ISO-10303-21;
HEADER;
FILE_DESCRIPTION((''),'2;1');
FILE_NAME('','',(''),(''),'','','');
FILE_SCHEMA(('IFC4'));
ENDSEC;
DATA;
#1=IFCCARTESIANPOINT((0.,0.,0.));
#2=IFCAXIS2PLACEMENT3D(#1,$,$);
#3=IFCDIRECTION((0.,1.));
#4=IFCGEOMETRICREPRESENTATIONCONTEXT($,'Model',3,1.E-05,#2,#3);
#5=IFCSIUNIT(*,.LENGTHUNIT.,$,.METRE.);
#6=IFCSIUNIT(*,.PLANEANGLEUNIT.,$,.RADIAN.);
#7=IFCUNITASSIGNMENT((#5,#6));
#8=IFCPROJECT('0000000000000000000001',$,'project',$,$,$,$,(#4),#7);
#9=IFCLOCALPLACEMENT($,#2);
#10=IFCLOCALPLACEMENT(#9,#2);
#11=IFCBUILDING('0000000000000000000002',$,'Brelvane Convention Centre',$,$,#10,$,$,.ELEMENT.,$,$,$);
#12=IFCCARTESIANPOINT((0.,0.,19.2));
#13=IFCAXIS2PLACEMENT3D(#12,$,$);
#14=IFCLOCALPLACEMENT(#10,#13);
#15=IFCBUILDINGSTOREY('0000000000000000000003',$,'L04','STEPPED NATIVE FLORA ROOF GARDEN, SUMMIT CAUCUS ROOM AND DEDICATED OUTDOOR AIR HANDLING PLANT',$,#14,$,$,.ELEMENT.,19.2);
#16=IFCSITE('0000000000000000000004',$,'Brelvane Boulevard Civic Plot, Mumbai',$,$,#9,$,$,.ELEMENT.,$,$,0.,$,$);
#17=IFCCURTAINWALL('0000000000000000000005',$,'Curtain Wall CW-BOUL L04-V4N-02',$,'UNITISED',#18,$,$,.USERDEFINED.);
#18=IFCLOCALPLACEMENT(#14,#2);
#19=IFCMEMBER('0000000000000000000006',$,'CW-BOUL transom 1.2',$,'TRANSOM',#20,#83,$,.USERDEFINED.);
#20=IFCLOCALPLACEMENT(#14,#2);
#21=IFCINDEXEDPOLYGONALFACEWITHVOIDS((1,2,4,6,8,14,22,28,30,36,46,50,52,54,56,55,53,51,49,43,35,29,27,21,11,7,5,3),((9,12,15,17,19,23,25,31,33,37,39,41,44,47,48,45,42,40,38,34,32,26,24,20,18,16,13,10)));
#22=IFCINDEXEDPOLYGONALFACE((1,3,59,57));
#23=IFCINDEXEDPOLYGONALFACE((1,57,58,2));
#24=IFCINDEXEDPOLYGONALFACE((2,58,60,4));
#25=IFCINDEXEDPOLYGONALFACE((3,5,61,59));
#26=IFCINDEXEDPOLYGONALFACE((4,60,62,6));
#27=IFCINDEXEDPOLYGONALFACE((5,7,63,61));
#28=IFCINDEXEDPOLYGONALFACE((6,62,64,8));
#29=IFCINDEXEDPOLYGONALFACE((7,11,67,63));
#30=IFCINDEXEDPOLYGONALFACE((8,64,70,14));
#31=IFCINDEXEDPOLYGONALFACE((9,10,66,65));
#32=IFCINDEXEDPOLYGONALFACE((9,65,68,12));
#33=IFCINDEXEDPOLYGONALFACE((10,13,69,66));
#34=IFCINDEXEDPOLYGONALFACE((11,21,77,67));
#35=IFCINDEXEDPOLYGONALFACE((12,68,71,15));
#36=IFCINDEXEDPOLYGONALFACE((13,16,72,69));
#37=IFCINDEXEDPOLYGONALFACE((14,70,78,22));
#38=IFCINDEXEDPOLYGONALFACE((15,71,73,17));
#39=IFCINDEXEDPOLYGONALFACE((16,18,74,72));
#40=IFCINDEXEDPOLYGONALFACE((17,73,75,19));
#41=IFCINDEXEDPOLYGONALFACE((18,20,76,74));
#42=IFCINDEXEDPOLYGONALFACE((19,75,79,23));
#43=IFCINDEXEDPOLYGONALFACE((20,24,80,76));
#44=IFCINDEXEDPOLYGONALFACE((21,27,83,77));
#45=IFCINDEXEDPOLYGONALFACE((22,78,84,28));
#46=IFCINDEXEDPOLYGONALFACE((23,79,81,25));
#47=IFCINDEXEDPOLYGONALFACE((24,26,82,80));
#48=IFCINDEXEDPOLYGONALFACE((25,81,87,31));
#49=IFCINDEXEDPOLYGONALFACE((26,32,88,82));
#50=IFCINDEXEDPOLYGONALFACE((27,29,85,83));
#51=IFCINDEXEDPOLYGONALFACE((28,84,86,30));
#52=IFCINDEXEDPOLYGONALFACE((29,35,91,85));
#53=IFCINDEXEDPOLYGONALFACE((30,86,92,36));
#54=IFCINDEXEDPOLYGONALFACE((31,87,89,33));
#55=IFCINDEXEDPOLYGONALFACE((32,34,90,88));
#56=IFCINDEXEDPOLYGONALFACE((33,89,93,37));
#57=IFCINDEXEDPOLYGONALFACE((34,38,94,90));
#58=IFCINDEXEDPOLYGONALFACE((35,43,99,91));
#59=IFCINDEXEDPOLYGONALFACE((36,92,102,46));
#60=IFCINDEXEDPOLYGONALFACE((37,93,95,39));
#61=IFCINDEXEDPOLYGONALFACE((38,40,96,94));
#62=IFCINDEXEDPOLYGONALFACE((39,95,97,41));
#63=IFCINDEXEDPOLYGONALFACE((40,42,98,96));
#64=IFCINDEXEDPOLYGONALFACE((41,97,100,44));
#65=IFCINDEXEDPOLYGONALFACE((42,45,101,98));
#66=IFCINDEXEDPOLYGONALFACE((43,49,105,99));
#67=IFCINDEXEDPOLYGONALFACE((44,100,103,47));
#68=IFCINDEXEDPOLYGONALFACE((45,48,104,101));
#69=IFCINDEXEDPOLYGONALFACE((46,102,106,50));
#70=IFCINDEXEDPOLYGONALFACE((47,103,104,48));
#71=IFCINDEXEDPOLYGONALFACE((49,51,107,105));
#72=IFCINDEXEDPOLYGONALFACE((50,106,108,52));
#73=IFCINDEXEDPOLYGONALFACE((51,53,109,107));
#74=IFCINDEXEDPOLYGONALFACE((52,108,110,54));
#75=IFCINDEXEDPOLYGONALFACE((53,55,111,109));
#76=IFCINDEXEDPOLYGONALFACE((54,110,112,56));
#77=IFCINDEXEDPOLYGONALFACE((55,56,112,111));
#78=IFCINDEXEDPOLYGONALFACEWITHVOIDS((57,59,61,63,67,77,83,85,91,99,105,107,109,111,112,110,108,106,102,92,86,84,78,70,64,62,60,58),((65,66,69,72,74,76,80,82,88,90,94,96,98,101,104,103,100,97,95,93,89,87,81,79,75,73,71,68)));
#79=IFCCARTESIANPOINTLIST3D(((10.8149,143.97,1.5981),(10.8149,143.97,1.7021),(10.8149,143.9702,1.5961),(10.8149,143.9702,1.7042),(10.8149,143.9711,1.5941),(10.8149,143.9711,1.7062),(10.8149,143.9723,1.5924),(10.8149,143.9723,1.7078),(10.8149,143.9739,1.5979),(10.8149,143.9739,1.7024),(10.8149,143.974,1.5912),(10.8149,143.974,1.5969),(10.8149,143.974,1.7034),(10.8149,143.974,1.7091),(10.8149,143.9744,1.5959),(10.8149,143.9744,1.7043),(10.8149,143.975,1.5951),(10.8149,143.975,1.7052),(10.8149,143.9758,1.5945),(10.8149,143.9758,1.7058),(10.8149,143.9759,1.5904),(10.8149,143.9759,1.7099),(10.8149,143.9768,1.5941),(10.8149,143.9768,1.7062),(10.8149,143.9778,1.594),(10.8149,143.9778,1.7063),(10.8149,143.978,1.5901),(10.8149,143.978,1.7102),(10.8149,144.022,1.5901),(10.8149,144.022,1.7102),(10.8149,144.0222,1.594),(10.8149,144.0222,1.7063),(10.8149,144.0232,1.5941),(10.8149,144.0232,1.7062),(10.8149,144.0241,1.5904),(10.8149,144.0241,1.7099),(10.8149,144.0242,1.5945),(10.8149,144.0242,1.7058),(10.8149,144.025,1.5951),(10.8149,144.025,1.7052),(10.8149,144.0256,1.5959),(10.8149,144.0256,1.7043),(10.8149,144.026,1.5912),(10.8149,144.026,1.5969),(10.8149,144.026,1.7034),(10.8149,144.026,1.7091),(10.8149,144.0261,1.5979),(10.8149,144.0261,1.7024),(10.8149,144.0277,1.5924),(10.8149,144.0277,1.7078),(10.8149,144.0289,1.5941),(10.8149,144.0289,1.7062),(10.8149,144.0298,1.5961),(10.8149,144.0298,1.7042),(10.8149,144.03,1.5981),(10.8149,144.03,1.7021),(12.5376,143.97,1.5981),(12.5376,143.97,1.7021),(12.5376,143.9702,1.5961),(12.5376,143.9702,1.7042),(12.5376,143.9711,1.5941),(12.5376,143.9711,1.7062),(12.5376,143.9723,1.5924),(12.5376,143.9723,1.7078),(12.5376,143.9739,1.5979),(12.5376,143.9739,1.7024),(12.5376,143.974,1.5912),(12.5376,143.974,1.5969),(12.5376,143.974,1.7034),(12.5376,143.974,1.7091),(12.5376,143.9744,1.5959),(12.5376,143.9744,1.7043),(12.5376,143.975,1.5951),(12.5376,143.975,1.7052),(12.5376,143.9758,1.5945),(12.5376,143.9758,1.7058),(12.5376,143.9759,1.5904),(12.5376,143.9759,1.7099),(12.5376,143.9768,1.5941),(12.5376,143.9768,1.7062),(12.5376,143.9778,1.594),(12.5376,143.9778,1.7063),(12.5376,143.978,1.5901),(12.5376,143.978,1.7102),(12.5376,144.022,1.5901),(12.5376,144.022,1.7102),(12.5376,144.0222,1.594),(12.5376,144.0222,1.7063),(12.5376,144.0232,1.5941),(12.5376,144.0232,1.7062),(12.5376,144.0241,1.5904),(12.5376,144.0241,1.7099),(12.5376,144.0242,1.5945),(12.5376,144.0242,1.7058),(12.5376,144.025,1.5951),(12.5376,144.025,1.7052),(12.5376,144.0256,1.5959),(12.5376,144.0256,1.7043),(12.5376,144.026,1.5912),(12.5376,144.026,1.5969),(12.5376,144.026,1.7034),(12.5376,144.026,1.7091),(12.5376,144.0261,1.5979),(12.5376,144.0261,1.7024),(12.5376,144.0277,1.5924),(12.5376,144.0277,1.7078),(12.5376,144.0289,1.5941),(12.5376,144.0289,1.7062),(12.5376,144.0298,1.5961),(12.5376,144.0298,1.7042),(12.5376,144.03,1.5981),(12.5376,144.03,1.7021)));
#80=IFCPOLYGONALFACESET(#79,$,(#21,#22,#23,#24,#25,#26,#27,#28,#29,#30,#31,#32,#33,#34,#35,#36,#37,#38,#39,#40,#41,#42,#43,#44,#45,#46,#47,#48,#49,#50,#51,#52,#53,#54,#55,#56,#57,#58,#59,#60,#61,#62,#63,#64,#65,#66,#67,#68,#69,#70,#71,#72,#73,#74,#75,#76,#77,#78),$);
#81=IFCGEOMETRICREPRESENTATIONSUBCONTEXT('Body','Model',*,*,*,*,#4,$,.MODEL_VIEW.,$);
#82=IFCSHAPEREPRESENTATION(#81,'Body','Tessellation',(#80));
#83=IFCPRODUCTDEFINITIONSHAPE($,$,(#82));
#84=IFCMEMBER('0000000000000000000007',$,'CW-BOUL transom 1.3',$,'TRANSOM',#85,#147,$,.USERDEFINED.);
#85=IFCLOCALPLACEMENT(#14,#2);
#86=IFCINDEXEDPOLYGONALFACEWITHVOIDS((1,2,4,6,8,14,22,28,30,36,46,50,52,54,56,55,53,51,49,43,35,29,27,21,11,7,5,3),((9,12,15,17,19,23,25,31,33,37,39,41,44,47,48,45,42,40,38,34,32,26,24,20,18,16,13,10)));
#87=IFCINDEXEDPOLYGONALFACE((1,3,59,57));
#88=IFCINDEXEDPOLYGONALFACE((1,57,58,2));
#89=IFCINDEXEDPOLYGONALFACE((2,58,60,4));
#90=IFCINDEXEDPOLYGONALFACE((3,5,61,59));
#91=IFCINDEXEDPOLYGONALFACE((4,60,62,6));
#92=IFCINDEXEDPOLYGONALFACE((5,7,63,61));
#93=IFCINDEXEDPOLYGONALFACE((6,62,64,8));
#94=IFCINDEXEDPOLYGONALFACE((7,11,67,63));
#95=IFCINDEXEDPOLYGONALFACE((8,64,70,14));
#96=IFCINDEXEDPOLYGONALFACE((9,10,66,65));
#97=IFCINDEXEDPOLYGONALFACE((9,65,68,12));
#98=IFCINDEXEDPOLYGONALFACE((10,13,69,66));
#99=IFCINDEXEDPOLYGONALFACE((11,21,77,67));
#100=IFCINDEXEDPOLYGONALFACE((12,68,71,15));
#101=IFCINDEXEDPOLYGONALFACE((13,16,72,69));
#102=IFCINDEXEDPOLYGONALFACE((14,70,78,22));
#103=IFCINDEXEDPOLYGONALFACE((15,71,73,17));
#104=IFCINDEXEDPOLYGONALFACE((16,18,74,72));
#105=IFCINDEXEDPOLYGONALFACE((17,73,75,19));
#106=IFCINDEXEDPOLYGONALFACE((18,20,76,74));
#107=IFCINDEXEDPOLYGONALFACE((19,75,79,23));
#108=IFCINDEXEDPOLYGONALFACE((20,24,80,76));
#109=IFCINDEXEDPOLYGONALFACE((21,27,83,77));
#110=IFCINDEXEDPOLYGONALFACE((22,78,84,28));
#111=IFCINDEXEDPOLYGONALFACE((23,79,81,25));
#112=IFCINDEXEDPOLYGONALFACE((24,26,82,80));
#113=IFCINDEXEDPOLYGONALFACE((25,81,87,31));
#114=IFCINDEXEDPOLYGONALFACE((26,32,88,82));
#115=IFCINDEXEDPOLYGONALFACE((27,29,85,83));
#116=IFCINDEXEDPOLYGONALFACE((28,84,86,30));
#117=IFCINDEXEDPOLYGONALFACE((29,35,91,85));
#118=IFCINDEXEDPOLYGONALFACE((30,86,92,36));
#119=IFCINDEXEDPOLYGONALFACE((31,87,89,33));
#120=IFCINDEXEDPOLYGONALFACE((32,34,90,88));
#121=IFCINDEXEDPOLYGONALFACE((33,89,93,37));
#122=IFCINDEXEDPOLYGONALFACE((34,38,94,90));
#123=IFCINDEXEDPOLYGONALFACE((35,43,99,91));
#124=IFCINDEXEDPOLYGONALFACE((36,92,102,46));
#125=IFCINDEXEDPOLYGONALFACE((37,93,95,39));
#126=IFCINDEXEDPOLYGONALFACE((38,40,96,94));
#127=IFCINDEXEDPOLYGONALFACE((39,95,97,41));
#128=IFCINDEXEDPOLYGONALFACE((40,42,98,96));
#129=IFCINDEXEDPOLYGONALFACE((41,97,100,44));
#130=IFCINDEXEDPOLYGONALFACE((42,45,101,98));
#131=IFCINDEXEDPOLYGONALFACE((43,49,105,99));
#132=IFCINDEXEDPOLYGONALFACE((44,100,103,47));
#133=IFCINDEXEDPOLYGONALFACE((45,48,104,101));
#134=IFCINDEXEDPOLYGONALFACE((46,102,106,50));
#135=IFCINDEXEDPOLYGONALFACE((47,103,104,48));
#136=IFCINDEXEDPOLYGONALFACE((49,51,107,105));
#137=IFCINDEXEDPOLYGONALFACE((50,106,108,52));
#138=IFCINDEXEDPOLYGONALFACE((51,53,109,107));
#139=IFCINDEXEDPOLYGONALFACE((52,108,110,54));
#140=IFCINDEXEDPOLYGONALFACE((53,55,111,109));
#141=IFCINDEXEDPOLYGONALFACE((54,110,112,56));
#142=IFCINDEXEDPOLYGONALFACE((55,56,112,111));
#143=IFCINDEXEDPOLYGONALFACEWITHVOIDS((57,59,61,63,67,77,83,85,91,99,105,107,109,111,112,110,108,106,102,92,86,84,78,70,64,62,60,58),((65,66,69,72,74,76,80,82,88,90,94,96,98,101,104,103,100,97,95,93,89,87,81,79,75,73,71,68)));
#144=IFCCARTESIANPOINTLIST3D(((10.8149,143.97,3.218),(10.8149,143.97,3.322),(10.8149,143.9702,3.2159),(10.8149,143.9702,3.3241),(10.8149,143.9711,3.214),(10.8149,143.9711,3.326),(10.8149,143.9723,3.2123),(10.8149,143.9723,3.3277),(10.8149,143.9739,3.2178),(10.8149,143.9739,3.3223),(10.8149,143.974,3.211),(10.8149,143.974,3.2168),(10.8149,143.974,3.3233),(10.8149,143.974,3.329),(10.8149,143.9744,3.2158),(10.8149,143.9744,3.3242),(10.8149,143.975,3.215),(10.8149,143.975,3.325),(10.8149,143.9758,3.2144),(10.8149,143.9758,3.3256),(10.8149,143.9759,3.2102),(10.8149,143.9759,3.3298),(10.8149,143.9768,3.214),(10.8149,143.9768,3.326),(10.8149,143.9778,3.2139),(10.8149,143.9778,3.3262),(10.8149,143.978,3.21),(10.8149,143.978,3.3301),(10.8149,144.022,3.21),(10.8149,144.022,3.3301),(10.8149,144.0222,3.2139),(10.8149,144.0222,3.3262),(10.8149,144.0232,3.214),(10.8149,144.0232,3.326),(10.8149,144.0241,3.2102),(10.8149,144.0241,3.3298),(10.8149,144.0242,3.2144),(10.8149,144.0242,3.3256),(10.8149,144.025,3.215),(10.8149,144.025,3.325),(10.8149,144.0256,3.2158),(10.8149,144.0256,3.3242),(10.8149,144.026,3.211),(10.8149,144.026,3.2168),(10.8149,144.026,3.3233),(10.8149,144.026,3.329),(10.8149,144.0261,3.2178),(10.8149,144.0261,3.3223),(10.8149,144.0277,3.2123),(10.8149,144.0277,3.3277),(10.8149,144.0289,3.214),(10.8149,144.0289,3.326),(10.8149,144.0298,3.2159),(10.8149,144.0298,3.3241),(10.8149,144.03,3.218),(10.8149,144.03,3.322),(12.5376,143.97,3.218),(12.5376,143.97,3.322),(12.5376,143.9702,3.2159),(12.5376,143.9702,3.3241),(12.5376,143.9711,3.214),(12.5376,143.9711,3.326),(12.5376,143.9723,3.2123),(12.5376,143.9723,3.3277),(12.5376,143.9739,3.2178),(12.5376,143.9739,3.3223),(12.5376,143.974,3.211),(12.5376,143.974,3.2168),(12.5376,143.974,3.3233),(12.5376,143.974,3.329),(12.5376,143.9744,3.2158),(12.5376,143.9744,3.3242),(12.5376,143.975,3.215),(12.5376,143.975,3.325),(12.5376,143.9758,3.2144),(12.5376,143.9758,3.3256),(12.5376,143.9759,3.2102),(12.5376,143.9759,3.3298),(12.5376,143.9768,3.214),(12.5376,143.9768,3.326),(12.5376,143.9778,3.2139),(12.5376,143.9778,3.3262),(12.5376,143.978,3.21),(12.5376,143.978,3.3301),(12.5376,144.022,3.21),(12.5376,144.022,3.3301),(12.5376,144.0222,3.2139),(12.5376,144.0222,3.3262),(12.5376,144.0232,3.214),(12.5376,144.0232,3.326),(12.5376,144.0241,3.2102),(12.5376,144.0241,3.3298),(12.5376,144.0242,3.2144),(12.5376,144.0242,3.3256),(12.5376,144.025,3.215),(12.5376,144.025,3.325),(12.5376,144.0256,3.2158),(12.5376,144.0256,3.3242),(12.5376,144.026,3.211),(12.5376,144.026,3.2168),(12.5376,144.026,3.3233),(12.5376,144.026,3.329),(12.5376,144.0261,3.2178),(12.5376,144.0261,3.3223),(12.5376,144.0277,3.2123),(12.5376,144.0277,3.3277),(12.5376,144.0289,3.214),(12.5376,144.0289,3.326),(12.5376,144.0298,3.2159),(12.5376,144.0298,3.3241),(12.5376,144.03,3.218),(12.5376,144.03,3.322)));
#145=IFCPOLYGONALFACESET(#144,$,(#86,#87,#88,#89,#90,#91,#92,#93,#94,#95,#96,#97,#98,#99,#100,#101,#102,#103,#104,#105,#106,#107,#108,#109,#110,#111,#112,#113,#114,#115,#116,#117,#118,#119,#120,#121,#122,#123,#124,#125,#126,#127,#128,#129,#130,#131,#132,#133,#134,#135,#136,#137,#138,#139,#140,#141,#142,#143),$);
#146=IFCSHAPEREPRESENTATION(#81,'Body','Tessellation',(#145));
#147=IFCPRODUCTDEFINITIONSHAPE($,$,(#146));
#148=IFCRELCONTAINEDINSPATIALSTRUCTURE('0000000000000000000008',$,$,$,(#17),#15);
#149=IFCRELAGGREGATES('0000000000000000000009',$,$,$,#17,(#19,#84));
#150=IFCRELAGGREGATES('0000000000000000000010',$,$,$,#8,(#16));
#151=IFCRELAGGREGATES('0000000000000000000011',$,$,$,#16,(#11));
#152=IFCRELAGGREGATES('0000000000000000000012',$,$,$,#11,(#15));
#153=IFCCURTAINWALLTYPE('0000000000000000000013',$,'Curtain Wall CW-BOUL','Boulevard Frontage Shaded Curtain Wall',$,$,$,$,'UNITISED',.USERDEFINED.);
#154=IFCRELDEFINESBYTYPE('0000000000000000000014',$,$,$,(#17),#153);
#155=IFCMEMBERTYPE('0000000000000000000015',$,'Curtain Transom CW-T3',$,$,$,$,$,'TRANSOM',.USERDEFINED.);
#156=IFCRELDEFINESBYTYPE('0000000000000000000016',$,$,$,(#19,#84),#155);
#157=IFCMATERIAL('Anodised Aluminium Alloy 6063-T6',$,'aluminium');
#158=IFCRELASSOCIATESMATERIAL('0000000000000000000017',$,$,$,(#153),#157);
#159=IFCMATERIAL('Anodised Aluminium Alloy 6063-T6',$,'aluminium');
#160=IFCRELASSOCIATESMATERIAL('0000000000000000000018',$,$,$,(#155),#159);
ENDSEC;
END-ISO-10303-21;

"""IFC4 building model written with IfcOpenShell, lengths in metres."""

from ifc_helpers import new_model, si_unit, direction, frame, origin, origin_2d, place, context, subcontext, project, spatial, hollow_rectangle, extrude, material, material_profile, profile_set, type_object, element, aggregate, save


model = new_model("IFC4")

# Units and contexts
model_context = context("Model", 3, precision=1e-05, world=origin(), true_north=direction((0.0, 1.0)))
body_context = subcontext(model_context, "Body", "Model", "MODEL_VIEW")
ifc_project = project(units=[si_unit("LENGTHUNIT", "METRE"), si_unit("PLANEANGLEUNIT", "RADIAN")], contexts=[model_context])

# Site, building, storey
site_placement = place(None, origin())
site = spatial("IfcSite", under=ifc_project, at=site_placement, Name="Brelvane Boulevard Civic Plot, Mumbai", CompositionType="ELEMENT", RefElevation=0.0)
building_placement = place(site_placement, origin())
building = spatial("IfcBuilding", under=site, at=building_placement, Name="Brelvane Convention Centre", CompositionType="ELEMENT")
storey_placement = place(building_placement, frame((0.0, 0.0, 19.2)))
storey = spatial("IfcBuildingStorey", under=building, at=storey_placement, Name="L04", Description="STEPPED NATIVE FLORA ROOF GARDEN, SUMMIT CAUCUS ROOM AND DEDICATED OUTDOOR AIR HANDLING PLANT", CompositionType="ELEMENT", Elevation=19.2)

# Curtain wall, members
ifc_material_1 = material(Name="Anodised Aluminium Alloy 6063-T6", Category="aluminium")
curtain_wall_type = type_object("IfcCurtainWallType", Name="Curtain Wall CW-BOUL", Description="Boulevard Frontage Shaded Curtain Wall", ElementType="UNITISED", PredefinedType="USERDEFINED", material=ifc_material_1)
curtain_wall_placement = place(storey_placement, origin())
curtain_wall = element("IfcCurtainWall", 1, at=curtain_wall_placement, inside=storey, type_object=curtain_wall_type, Name="Curtain Wall CW-BOUL L04-V4N-02", ObjectType="UNITISED", PredefinedType="USERDEFINED")
ifc_material_2 = material(Name="Anodised Aluminium Alloy 6063-T6", Category="aluminium")
ifc_material_profile_1 = material_profile(ifc_material_2, hollow_rectangle(XDim=0.0601, YDim=0.1201, WallThickness=0.0039, InnerFilletRadius=0.0039, OuterFilletRadius=0.0081, at=origin_2d()), Name="ALU-T 120x60x4.0")
ifc_profile_set_1 = profile_set([ifc_material_profile_1], Name="Anodised Aluminium Alloy 6063-T6")
member_type_1 = type_object("IfcMemberType", Name="Curtain Transom CW-T3", ElementType="TRANSOM", PredefinedType="USERDEFINED", material=ifc_profile_set_1)
member_1_placement = place(storey_placement, frame((10.8149, 144.0, 1.6501), z_axis=(1.0, 0.0, 0.0), x_axis=(0.0, 1.0, 0.0)))
member_1 = element("IfcMember", 2, at=member_1_placement, type_object=member_type_1, Name="CW-BOUL transom 1.2", ObjectType="TRANSOM", PredefinedType="USERDEFINED", context=body_context, shape_type="SweptSolid", body=[
    extrude(hollow_rectangle(XDim=0.0601, YDim=0.1201, WallThickness=0.0039, InnerFilletRadius=0.0039, OuterFilletRadius=0.0081, at=origin_2d()), origin(), (0.0, 0.0, 1.0), 1.7227),
])
member_2_placement = place(storey_placement, frame((10.8149, 144.0, 3.27), z_axis=(1.0, 0.0, 0.0), x_axis=(0.0, 1.0, 0.0)))
member_2 = element("IfcMember", 3, at=member_2_placement, type_object=member_type_1, Name="CW-BOUL transom 1.3", ObjectType="TRANSOM", PredefinedType="USERDEFINED", context=body_context, shape_type="SweptSolid", body=[
    extrude(hollow_rectangle(XDim=0.0601, YDim=0.1201, WallThickness=0.0039, InnerFilletRadius=0.0039, OuterFilletRadius=0.0081, at=origin_2d()), origin(), (0.0, 0.0, 1.0), 1.7227),
])

aggregate(curtain_wall, [member_1, member_2])

save(model, "model.ifc")
